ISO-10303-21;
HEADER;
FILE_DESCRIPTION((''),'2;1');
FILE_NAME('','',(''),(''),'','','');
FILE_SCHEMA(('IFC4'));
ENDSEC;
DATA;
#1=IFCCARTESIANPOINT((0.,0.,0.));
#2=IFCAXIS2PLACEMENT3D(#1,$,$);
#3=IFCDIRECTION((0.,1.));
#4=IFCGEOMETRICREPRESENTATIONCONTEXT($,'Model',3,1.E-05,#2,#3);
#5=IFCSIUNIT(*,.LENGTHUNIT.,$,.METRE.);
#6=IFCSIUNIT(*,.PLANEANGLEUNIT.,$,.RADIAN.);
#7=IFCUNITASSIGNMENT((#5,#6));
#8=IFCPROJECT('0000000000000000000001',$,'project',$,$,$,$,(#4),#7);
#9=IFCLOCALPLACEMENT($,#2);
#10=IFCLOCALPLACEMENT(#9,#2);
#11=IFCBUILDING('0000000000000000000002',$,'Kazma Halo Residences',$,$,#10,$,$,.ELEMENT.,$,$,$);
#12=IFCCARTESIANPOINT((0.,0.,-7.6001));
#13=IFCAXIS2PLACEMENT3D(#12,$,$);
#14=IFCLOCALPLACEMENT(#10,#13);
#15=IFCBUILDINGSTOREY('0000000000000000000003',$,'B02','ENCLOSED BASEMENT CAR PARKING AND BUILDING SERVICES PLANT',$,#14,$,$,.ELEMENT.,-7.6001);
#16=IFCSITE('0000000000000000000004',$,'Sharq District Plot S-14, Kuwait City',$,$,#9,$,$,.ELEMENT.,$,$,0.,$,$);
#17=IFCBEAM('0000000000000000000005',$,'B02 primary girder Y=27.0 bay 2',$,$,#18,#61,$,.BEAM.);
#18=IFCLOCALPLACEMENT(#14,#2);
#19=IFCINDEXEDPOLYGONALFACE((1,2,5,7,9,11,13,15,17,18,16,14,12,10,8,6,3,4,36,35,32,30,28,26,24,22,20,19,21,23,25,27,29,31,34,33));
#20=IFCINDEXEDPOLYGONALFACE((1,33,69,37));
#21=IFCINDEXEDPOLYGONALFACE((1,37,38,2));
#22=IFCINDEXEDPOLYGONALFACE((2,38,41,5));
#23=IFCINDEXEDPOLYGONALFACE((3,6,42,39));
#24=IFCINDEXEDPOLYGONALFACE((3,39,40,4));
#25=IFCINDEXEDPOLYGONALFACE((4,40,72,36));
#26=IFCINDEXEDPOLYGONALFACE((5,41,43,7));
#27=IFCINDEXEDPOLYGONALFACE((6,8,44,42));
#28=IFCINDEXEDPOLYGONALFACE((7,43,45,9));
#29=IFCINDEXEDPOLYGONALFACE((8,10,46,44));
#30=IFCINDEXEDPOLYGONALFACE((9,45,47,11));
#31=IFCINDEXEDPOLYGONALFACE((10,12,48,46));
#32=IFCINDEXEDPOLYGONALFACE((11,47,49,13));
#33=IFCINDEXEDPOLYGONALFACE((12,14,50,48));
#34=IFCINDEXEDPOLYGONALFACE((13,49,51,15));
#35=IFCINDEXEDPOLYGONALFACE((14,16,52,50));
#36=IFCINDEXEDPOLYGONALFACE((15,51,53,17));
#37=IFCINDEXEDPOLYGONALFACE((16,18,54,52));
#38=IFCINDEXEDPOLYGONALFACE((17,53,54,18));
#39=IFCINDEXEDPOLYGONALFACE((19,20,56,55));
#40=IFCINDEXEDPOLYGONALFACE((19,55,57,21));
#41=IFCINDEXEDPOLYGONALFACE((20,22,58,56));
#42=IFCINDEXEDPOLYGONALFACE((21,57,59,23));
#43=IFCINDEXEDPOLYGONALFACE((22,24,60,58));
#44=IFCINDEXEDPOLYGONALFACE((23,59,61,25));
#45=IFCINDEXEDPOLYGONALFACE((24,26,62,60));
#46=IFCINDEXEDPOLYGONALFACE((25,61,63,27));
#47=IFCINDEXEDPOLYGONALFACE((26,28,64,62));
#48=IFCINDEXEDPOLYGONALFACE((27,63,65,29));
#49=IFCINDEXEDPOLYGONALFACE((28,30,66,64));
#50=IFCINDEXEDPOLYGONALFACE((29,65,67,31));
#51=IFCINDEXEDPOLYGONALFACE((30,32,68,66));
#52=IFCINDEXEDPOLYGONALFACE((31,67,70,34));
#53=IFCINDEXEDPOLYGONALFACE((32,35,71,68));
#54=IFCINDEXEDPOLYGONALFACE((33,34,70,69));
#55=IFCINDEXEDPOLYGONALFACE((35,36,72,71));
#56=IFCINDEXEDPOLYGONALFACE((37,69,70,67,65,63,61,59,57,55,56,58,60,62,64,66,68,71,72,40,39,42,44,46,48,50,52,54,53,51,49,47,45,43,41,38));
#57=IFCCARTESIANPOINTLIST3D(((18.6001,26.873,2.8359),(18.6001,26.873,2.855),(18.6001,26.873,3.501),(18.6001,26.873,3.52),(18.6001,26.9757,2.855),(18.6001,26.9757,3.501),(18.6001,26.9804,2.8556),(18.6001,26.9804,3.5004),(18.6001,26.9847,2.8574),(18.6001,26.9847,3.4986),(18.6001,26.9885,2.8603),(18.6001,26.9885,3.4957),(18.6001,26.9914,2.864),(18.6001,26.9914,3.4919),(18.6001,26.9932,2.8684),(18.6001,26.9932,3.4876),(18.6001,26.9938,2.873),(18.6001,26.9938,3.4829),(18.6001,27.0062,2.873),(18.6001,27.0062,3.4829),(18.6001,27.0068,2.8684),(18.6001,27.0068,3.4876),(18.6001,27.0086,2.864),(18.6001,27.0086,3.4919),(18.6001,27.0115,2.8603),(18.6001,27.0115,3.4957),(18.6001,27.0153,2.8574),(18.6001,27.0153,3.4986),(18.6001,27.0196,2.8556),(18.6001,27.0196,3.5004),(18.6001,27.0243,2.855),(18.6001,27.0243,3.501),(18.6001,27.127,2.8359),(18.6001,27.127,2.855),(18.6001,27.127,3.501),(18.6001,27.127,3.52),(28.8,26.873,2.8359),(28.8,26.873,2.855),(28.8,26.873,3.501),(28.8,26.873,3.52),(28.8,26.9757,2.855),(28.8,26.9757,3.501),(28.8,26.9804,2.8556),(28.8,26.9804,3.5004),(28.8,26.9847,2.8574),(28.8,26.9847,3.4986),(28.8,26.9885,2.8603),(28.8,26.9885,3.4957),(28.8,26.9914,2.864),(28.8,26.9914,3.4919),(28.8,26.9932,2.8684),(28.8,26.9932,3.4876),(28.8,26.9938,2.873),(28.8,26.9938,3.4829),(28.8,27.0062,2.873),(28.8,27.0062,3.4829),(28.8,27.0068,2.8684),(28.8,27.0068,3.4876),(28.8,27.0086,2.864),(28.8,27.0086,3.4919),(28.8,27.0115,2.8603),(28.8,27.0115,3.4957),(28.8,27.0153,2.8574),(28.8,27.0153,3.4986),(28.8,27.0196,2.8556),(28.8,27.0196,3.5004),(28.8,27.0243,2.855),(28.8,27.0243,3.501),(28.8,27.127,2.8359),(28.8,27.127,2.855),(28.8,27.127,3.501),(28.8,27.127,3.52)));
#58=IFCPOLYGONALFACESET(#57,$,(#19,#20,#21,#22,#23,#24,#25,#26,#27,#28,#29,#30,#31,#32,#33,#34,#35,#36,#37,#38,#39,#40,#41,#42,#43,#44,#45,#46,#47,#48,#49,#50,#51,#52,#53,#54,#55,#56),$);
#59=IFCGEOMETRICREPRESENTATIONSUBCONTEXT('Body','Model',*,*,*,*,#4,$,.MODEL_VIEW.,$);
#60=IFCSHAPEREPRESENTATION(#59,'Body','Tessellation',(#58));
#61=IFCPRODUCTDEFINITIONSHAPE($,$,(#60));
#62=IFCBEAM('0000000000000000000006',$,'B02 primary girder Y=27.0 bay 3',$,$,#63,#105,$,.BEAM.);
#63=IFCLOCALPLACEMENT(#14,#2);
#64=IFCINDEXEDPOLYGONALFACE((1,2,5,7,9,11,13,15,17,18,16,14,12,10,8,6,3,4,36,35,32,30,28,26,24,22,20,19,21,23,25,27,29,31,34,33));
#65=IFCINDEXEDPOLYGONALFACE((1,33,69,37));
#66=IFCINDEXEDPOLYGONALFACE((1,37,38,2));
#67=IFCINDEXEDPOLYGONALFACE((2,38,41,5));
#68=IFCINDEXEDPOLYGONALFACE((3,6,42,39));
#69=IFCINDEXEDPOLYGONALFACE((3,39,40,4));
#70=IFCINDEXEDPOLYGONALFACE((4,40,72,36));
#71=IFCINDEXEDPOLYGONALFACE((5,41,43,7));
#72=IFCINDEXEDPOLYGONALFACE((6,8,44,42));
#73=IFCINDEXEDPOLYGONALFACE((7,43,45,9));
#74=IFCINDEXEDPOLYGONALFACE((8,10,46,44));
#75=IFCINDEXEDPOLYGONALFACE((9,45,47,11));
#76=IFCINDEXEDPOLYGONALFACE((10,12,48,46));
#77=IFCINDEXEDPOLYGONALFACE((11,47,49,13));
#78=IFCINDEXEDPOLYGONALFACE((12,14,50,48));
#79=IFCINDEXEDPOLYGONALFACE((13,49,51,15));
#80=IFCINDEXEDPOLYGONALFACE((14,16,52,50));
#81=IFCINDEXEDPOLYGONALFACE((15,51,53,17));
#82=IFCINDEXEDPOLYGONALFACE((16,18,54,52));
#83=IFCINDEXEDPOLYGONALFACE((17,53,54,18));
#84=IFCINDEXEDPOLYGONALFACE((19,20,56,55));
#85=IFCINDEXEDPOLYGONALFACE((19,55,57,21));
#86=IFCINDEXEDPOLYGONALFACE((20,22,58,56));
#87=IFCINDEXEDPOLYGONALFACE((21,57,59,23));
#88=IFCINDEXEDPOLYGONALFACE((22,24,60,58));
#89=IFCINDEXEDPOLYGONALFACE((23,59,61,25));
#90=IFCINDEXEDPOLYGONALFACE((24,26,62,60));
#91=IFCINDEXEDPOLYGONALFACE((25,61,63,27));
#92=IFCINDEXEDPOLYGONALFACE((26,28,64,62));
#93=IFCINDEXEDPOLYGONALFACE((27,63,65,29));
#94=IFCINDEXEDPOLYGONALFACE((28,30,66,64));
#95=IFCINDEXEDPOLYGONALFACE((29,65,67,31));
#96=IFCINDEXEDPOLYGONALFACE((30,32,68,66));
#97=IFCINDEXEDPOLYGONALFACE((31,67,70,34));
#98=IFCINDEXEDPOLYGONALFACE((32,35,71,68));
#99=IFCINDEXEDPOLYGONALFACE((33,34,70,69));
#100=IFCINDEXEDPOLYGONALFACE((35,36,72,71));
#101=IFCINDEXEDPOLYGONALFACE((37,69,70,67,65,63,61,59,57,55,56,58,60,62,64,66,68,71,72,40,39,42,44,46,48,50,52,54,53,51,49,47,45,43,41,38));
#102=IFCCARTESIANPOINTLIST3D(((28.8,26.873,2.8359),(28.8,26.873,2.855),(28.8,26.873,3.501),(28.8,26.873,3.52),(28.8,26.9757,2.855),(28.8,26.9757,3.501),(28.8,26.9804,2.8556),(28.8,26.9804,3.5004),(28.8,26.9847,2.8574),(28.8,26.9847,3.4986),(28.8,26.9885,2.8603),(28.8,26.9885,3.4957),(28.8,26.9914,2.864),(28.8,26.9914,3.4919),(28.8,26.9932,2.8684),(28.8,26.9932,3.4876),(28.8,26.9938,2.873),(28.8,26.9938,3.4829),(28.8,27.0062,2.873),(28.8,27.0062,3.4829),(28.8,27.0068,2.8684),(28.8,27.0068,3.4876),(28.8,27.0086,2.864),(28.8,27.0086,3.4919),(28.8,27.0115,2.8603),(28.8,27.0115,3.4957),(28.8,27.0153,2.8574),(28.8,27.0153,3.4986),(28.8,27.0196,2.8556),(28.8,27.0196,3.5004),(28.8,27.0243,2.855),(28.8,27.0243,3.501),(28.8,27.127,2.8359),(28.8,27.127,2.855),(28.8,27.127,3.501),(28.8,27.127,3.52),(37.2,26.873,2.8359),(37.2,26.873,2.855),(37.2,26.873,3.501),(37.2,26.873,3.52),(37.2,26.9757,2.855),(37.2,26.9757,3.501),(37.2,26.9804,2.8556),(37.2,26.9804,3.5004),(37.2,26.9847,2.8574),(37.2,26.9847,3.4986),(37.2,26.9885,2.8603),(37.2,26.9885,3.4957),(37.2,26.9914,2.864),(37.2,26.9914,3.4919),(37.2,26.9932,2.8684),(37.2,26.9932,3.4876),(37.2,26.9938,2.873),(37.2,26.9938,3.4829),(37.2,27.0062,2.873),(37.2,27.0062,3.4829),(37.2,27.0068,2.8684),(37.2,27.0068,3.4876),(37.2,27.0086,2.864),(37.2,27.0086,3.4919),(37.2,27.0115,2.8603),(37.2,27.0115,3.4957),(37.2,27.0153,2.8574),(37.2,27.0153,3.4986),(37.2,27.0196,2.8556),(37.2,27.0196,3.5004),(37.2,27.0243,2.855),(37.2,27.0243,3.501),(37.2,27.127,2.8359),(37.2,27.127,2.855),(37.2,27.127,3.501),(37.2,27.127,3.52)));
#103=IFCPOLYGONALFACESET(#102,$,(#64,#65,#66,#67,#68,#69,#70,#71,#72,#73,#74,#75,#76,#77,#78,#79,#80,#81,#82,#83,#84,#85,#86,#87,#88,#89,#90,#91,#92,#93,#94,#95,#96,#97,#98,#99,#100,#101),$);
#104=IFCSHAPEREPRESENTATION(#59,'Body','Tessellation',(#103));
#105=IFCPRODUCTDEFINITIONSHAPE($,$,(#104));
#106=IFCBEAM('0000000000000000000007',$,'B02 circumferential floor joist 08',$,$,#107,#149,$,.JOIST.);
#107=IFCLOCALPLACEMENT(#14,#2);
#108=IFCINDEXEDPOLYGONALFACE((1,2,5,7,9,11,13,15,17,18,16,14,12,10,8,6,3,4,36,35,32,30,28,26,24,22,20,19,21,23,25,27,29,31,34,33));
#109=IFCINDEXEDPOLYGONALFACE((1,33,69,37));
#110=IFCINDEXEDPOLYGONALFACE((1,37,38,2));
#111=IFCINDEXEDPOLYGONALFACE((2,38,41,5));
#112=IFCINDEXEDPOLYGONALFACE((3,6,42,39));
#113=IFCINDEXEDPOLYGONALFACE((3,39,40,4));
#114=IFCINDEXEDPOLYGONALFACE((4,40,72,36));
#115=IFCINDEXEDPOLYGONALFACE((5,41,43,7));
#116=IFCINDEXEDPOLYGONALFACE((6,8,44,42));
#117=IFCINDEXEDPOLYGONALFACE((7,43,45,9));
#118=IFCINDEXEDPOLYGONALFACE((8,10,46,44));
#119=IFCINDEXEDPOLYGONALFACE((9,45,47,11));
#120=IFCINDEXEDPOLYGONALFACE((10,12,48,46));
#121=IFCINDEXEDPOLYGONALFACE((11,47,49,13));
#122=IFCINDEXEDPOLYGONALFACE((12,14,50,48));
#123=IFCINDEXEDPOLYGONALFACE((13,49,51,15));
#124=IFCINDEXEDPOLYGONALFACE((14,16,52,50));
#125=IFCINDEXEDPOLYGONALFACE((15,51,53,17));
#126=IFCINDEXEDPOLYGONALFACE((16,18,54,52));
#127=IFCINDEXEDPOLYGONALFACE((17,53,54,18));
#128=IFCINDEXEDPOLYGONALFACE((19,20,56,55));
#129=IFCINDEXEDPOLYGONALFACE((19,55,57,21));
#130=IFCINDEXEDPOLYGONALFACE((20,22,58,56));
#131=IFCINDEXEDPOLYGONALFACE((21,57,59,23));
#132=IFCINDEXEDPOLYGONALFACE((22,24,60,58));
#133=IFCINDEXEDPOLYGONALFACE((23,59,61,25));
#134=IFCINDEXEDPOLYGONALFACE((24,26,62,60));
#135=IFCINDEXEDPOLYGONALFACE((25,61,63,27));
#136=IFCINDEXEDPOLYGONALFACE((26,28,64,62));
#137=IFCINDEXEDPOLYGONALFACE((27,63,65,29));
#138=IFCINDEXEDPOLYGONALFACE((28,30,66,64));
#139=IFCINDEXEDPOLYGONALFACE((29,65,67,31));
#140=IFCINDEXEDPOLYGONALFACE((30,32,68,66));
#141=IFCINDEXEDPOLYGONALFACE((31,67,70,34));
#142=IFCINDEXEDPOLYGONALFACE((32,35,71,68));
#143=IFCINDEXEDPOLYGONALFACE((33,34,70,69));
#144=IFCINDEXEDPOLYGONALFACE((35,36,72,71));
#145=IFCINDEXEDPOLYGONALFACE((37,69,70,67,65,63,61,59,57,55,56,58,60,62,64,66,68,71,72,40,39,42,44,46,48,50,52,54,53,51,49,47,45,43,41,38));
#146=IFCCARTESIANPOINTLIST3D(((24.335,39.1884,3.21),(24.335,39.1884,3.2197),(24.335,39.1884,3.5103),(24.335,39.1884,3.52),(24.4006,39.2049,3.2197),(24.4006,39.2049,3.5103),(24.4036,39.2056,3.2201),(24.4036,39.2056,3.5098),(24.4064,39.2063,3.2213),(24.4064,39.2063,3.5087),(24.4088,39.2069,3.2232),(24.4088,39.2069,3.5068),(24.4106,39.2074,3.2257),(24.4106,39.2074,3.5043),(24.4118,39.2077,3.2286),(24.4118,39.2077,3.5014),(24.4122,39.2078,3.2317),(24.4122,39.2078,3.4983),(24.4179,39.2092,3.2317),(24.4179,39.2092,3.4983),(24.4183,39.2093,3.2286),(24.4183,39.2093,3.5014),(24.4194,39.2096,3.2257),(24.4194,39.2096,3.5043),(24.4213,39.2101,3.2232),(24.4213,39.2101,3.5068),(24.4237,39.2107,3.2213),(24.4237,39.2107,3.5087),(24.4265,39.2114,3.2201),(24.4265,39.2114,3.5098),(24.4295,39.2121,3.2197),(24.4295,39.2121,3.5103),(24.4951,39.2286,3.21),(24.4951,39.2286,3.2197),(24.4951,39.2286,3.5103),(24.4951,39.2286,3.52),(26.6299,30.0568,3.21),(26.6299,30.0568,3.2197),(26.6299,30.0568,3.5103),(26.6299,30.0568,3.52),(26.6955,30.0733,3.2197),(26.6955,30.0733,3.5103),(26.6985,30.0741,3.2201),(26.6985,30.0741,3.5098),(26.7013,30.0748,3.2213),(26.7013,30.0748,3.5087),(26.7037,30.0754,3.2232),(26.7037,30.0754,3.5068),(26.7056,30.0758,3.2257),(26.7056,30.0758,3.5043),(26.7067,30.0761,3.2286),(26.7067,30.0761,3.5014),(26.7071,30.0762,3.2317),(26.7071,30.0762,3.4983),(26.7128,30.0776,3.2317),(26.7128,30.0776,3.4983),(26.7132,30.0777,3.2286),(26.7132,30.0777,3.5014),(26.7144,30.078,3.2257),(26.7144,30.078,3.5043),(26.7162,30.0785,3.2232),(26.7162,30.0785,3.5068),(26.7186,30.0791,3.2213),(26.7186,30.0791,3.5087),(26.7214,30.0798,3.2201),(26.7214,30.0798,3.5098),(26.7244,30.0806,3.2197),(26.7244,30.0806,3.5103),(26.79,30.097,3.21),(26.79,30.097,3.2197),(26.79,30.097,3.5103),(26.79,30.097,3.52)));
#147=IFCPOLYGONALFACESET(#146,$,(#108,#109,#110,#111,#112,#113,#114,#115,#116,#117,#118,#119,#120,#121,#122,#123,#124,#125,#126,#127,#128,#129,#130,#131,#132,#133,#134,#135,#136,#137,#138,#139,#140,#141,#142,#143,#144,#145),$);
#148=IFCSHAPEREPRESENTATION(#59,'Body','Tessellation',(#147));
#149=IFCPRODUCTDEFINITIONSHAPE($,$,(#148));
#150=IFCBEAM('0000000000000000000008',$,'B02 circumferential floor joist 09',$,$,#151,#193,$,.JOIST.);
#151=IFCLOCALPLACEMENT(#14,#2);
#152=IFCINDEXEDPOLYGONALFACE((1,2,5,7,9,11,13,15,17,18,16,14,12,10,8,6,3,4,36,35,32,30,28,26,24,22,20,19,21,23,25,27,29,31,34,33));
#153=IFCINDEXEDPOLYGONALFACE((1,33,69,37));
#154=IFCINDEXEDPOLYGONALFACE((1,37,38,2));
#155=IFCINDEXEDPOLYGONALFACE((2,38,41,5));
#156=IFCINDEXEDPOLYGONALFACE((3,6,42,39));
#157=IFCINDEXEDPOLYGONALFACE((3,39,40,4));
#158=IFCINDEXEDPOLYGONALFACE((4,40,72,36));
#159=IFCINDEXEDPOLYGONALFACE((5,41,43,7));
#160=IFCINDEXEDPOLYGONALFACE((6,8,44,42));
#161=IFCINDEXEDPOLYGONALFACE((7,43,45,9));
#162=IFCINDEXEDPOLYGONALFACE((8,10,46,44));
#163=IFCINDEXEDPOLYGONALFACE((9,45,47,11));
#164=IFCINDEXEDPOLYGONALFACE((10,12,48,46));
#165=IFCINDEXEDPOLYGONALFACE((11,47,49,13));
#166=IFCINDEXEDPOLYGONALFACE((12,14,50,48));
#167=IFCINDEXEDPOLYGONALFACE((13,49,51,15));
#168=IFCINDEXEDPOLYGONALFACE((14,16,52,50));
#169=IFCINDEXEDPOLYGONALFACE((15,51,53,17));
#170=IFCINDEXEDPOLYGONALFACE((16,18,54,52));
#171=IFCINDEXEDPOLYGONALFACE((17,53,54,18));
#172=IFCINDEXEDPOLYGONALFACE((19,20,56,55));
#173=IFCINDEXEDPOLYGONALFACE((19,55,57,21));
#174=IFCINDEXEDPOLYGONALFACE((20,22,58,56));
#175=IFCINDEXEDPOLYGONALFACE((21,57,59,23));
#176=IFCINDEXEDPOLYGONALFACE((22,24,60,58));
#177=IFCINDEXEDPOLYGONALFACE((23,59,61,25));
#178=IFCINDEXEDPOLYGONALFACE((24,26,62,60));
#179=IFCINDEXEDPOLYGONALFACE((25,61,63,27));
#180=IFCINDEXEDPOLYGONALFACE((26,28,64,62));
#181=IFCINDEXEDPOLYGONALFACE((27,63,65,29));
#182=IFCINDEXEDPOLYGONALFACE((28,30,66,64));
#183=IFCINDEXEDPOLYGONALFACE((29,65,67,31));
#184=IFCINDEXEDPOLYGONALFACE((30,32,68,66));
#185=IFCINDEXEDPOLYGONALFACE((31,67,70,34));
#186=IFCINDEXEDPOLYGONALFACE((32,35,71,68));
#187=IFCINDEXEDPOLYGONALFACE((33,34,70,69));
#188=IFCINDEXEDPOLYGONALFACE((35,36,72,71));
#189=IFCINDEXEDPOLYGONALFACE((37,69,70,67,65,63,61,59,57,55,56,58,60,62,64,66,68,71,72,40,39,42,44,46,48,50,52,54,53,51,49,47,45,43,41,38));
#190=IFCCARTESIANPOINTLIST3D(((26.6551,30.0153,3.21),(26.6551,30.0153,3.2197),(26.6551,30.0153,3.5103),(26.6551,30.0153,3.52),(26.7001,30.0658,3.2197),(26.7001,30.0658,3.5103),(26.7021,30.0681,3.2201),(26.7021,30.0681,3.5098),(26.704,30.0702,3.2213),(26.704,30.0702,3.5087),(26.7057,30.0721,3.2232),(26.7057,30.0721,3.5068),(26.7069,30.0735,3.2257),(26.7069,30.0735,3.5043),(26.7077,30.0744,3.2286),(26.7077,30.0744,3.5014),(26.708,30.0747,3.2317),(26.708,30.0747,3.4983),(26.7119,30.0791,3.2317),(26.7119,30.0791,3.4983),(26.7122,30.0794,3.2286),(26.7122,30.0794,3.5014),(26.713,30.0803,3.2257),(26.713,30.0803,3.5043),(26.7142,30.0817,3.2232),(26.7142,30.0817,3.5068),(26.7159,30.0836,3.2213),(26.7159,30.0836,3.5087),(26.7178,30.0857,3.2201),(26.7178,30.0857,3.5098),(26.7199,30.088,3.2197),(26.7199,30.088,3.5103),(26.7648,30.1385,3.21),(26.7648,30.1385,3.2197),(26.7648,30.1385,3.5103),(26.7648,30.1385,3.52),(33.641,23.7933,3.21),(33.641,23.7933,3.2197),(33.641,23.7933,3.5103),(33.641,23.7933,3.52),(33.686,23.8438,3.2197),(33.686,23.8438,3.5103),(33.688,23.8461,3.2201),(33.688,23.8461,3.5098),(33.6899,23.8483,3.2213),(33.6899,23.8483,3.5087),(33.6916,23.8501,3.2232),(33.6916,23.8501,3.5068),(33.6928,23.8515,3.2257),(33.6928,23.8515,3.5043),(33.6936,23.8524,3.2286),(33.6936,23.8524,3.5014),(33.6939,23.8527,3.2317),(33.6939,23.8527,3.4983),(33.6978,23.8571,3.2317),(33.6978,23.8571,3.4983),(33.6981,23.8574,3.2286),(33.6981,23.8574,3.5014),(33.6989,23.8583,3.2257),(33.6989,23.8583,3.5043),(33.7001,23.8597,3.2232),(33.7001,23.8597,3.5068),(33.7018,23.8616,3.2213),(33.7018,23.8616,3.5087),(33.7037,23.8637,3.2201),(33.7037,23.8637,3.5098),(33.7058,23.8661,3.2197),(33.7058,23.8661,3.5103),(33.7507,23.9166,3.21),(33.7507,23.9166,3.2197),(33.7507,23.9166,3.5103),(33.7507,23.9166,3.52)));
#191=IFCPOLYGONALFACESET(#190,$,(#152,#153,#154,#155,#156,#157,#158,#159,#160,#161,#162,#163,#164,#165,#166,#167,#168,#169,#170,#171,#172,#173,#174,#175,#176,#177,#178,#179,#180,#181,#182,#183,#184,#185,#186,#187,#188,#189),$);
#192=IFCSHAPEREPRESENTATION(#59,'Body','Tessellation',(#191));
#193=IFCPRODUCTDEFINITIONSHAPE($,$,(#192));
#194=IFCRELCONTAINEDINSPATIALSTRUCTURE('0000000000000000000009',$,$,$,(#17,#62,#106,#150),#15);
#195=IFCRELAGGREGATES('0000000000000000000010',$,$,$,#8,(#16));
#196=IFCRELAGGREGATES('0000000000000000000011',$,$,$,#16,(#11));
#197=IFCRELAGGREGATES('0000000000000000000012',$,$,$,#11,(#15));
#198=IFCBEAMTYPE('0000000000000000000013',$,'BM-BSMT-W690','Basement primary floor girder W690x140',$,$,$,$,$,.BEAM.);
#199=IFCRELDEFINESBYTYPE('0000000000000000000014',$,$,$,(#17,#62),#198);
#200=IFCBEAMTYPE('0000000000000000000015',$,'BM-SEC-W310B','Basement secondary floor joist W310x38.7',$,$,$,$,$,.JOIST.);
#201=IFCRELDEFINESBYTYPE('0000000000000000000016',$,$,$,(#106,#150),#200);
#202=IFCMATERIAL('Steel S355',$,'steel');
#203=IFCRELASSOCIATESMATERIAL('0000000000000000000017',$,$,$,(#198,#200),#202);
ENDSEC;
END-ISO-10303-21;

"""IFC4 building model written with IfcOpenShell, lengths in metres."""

from ifc_helpers import new_model, si_unit, direction, frame, origin, origin_2d, place, context, subcontext, project, spatial, i_section, extrude, material, material_profile, profile_set, type_object, element, save


model = new_model("IFC4")

# Units and contexts
model_context = context("Model", 3, precision=1e-05, world=origin(), true_north=direction((0.0, 1.0)))
body_context = subcontext(model_context, "Body", "Model", "MODEL_VIEW")
ifc_project = project(units=[si_unit("LENGTHUNIT", "METRE"), si_unit("PLANEANGLEUNIT", "RADIAN")], contexts=[model_context])

# Site, building, storey
site_placement = place(None, origin())
site = spatial("IfcSite", under=ifc_project, at=site_placement, Name="Sharq District Plot S-14, Kuwait City", CompositionType="ELEMENT", RefElevation=0.0)
building_placement = place(site_placement, origin())
building = spatial("IfcBuilding", under=site, at=building_placement, Name="Kazma Halo Residences", CompositionType="ELEMENT")
storey_placement = place(building_placement, frame((0.0, 0.0, -7.6001)))
storey = spatial("IfcBuildingStorey", under=building, at=storey_placement, Name="B02", Description="ENCLOSED BASEMENT CAR PARKING AND BUILDING SERVICES PLANT", CompositionType="ELEMENT", Elevation=-7.6001)

# Beams
ifc_material_1 = material(Name="Steel S355", Category="steel")
ifc_material_profile_1 = material_profile(ifc_material_1, i_section(OverallWidth=0.2539, OverallDepth=0.6841, WebThickness=0.0125, FlangeThickness=0.019, FilletRadius=0.0181, at=origin_2d()), Name="W690x140")
ifc_profile_set_1 = profile_set([ifc_material_profile_1], Name="Steel S355")
beam_type_1 = type_object("IfcBeamType", Name="BM-BSMT-W690", Description="Basement primary floor girder W690x140", PredefinedType="BEAM", material=ifc_profile_set_1)
beam_1_placement = place(storey_placement, frame((18.6001, 27.0, 3.178), z_axis=(1.0, 0.0, 0.0), x_axis=(0.0, 1.0, 0.0)))
element("IfcBeam", 1, at=beam_1_placement, inside=storey, type_object=beam_type_1, Name="B02 primary girder Y=27.0 bay 2", PredefinedType="BEAM", context=body_context, shape_type="SweptSolid", body=[
    extrude(i_section(OverallWidth=0.2539, OverallDepth=0.6841, WebThickness=0.0125, FlangeThickness=0.019, FilletRadius=0.0181, at=origin_2d()), origin(), (0.0, 0.0, 1.0), 10.2),
])
beam_2_placement = place(storey_placement, frame((28.8, 27.0, 3.178), z_axis=(1.0, 0.0, 0.0), x_axis=(0.0, 1.0, 0.0)))
element("IfcBeam", 2, at=beam_2_placement, inside=storey, type_object=beam_type_1, Name="B02 primary girder Y=27.0 bay 3", PredefinedType="BEAM", context=body_context, shape_type="SweptSolid", body=[
    extrude(i_section(OverallWidth=0.2539, OverallDepth=0.6841, WebThickness=0.0125, FlangeThickness=0.019, FilletRadius=0.0181, at=origin_2d()), origin(), (0.0, 0.0, 1.0), 8.3999),
])
ifc_material_profile_2 = material_profile(ifc_material_1, i_section(OverallWidth=0.165, OverallDepth=0.3101, WebThickness=0.0059, FlangeThickness=0.0098, FilletRadius=0.012, at=origin_2d()), Name="W310x38.7")
ifc_profile_set_2 = profile_set([ifc_material_profile_2], Name="Steel S355")
beam_type_2 = type_object("IfcBeamType", Name="BM-SEC-W310B", Description="Basement secondary floor joist W310x38.7", PredefinedType="JOIST", material=ifc_profile_set_2)
beam_3_placement = place(storey_placement, frame((24.415, 39.2085, 3.365), z_axis=(0.243737, -0.969841, 0.0), x_axis=(0.969841, 0.243737, 0.0)))
element("IfcBeam", 3, at=beam_3_placement, inside=storey, type_object=beam_type_2, Name="B02 circumferential floor joist 08", PredefinedType="JOIST", context=body_context, shape_type="SweptSolid", body=[
    extrude(i_section(OverallWidth=0.165, OverallDepth=0.3101, WebThickness=0.0059, FlangeThickness=0.0098, FilletRadius=0.012, at=origin_2d()), origin(), (0.0, 0.0, 1.0), 9.4155),
])
beam_4_placement = place(storey_placement, frame((26.71, 30.0769, 3.365), z_axis=(0.746757, -0.665097, 0.0), x_axis=(0.665097, 0.746757, 0.0)))
element("IfcBeam", 4, at=beam_4_placement, inside=storey, type_object=beam_type_2, Name="B02 circumferential floor joist 09", PredefinedType="JOIST", context=body_context, shape_type="SweptSolid", body=[
    extrude(i_section(OverallWidth=0.165, OverallDepth=0.3101, WebThickness=0.0059, FlangeThickness=0.0098, FilletRadius=0.012, at=origin_2d()), origin(), (0.0, 0.0, 1.0), 9.355),
])

save(model, "model.ifc")
